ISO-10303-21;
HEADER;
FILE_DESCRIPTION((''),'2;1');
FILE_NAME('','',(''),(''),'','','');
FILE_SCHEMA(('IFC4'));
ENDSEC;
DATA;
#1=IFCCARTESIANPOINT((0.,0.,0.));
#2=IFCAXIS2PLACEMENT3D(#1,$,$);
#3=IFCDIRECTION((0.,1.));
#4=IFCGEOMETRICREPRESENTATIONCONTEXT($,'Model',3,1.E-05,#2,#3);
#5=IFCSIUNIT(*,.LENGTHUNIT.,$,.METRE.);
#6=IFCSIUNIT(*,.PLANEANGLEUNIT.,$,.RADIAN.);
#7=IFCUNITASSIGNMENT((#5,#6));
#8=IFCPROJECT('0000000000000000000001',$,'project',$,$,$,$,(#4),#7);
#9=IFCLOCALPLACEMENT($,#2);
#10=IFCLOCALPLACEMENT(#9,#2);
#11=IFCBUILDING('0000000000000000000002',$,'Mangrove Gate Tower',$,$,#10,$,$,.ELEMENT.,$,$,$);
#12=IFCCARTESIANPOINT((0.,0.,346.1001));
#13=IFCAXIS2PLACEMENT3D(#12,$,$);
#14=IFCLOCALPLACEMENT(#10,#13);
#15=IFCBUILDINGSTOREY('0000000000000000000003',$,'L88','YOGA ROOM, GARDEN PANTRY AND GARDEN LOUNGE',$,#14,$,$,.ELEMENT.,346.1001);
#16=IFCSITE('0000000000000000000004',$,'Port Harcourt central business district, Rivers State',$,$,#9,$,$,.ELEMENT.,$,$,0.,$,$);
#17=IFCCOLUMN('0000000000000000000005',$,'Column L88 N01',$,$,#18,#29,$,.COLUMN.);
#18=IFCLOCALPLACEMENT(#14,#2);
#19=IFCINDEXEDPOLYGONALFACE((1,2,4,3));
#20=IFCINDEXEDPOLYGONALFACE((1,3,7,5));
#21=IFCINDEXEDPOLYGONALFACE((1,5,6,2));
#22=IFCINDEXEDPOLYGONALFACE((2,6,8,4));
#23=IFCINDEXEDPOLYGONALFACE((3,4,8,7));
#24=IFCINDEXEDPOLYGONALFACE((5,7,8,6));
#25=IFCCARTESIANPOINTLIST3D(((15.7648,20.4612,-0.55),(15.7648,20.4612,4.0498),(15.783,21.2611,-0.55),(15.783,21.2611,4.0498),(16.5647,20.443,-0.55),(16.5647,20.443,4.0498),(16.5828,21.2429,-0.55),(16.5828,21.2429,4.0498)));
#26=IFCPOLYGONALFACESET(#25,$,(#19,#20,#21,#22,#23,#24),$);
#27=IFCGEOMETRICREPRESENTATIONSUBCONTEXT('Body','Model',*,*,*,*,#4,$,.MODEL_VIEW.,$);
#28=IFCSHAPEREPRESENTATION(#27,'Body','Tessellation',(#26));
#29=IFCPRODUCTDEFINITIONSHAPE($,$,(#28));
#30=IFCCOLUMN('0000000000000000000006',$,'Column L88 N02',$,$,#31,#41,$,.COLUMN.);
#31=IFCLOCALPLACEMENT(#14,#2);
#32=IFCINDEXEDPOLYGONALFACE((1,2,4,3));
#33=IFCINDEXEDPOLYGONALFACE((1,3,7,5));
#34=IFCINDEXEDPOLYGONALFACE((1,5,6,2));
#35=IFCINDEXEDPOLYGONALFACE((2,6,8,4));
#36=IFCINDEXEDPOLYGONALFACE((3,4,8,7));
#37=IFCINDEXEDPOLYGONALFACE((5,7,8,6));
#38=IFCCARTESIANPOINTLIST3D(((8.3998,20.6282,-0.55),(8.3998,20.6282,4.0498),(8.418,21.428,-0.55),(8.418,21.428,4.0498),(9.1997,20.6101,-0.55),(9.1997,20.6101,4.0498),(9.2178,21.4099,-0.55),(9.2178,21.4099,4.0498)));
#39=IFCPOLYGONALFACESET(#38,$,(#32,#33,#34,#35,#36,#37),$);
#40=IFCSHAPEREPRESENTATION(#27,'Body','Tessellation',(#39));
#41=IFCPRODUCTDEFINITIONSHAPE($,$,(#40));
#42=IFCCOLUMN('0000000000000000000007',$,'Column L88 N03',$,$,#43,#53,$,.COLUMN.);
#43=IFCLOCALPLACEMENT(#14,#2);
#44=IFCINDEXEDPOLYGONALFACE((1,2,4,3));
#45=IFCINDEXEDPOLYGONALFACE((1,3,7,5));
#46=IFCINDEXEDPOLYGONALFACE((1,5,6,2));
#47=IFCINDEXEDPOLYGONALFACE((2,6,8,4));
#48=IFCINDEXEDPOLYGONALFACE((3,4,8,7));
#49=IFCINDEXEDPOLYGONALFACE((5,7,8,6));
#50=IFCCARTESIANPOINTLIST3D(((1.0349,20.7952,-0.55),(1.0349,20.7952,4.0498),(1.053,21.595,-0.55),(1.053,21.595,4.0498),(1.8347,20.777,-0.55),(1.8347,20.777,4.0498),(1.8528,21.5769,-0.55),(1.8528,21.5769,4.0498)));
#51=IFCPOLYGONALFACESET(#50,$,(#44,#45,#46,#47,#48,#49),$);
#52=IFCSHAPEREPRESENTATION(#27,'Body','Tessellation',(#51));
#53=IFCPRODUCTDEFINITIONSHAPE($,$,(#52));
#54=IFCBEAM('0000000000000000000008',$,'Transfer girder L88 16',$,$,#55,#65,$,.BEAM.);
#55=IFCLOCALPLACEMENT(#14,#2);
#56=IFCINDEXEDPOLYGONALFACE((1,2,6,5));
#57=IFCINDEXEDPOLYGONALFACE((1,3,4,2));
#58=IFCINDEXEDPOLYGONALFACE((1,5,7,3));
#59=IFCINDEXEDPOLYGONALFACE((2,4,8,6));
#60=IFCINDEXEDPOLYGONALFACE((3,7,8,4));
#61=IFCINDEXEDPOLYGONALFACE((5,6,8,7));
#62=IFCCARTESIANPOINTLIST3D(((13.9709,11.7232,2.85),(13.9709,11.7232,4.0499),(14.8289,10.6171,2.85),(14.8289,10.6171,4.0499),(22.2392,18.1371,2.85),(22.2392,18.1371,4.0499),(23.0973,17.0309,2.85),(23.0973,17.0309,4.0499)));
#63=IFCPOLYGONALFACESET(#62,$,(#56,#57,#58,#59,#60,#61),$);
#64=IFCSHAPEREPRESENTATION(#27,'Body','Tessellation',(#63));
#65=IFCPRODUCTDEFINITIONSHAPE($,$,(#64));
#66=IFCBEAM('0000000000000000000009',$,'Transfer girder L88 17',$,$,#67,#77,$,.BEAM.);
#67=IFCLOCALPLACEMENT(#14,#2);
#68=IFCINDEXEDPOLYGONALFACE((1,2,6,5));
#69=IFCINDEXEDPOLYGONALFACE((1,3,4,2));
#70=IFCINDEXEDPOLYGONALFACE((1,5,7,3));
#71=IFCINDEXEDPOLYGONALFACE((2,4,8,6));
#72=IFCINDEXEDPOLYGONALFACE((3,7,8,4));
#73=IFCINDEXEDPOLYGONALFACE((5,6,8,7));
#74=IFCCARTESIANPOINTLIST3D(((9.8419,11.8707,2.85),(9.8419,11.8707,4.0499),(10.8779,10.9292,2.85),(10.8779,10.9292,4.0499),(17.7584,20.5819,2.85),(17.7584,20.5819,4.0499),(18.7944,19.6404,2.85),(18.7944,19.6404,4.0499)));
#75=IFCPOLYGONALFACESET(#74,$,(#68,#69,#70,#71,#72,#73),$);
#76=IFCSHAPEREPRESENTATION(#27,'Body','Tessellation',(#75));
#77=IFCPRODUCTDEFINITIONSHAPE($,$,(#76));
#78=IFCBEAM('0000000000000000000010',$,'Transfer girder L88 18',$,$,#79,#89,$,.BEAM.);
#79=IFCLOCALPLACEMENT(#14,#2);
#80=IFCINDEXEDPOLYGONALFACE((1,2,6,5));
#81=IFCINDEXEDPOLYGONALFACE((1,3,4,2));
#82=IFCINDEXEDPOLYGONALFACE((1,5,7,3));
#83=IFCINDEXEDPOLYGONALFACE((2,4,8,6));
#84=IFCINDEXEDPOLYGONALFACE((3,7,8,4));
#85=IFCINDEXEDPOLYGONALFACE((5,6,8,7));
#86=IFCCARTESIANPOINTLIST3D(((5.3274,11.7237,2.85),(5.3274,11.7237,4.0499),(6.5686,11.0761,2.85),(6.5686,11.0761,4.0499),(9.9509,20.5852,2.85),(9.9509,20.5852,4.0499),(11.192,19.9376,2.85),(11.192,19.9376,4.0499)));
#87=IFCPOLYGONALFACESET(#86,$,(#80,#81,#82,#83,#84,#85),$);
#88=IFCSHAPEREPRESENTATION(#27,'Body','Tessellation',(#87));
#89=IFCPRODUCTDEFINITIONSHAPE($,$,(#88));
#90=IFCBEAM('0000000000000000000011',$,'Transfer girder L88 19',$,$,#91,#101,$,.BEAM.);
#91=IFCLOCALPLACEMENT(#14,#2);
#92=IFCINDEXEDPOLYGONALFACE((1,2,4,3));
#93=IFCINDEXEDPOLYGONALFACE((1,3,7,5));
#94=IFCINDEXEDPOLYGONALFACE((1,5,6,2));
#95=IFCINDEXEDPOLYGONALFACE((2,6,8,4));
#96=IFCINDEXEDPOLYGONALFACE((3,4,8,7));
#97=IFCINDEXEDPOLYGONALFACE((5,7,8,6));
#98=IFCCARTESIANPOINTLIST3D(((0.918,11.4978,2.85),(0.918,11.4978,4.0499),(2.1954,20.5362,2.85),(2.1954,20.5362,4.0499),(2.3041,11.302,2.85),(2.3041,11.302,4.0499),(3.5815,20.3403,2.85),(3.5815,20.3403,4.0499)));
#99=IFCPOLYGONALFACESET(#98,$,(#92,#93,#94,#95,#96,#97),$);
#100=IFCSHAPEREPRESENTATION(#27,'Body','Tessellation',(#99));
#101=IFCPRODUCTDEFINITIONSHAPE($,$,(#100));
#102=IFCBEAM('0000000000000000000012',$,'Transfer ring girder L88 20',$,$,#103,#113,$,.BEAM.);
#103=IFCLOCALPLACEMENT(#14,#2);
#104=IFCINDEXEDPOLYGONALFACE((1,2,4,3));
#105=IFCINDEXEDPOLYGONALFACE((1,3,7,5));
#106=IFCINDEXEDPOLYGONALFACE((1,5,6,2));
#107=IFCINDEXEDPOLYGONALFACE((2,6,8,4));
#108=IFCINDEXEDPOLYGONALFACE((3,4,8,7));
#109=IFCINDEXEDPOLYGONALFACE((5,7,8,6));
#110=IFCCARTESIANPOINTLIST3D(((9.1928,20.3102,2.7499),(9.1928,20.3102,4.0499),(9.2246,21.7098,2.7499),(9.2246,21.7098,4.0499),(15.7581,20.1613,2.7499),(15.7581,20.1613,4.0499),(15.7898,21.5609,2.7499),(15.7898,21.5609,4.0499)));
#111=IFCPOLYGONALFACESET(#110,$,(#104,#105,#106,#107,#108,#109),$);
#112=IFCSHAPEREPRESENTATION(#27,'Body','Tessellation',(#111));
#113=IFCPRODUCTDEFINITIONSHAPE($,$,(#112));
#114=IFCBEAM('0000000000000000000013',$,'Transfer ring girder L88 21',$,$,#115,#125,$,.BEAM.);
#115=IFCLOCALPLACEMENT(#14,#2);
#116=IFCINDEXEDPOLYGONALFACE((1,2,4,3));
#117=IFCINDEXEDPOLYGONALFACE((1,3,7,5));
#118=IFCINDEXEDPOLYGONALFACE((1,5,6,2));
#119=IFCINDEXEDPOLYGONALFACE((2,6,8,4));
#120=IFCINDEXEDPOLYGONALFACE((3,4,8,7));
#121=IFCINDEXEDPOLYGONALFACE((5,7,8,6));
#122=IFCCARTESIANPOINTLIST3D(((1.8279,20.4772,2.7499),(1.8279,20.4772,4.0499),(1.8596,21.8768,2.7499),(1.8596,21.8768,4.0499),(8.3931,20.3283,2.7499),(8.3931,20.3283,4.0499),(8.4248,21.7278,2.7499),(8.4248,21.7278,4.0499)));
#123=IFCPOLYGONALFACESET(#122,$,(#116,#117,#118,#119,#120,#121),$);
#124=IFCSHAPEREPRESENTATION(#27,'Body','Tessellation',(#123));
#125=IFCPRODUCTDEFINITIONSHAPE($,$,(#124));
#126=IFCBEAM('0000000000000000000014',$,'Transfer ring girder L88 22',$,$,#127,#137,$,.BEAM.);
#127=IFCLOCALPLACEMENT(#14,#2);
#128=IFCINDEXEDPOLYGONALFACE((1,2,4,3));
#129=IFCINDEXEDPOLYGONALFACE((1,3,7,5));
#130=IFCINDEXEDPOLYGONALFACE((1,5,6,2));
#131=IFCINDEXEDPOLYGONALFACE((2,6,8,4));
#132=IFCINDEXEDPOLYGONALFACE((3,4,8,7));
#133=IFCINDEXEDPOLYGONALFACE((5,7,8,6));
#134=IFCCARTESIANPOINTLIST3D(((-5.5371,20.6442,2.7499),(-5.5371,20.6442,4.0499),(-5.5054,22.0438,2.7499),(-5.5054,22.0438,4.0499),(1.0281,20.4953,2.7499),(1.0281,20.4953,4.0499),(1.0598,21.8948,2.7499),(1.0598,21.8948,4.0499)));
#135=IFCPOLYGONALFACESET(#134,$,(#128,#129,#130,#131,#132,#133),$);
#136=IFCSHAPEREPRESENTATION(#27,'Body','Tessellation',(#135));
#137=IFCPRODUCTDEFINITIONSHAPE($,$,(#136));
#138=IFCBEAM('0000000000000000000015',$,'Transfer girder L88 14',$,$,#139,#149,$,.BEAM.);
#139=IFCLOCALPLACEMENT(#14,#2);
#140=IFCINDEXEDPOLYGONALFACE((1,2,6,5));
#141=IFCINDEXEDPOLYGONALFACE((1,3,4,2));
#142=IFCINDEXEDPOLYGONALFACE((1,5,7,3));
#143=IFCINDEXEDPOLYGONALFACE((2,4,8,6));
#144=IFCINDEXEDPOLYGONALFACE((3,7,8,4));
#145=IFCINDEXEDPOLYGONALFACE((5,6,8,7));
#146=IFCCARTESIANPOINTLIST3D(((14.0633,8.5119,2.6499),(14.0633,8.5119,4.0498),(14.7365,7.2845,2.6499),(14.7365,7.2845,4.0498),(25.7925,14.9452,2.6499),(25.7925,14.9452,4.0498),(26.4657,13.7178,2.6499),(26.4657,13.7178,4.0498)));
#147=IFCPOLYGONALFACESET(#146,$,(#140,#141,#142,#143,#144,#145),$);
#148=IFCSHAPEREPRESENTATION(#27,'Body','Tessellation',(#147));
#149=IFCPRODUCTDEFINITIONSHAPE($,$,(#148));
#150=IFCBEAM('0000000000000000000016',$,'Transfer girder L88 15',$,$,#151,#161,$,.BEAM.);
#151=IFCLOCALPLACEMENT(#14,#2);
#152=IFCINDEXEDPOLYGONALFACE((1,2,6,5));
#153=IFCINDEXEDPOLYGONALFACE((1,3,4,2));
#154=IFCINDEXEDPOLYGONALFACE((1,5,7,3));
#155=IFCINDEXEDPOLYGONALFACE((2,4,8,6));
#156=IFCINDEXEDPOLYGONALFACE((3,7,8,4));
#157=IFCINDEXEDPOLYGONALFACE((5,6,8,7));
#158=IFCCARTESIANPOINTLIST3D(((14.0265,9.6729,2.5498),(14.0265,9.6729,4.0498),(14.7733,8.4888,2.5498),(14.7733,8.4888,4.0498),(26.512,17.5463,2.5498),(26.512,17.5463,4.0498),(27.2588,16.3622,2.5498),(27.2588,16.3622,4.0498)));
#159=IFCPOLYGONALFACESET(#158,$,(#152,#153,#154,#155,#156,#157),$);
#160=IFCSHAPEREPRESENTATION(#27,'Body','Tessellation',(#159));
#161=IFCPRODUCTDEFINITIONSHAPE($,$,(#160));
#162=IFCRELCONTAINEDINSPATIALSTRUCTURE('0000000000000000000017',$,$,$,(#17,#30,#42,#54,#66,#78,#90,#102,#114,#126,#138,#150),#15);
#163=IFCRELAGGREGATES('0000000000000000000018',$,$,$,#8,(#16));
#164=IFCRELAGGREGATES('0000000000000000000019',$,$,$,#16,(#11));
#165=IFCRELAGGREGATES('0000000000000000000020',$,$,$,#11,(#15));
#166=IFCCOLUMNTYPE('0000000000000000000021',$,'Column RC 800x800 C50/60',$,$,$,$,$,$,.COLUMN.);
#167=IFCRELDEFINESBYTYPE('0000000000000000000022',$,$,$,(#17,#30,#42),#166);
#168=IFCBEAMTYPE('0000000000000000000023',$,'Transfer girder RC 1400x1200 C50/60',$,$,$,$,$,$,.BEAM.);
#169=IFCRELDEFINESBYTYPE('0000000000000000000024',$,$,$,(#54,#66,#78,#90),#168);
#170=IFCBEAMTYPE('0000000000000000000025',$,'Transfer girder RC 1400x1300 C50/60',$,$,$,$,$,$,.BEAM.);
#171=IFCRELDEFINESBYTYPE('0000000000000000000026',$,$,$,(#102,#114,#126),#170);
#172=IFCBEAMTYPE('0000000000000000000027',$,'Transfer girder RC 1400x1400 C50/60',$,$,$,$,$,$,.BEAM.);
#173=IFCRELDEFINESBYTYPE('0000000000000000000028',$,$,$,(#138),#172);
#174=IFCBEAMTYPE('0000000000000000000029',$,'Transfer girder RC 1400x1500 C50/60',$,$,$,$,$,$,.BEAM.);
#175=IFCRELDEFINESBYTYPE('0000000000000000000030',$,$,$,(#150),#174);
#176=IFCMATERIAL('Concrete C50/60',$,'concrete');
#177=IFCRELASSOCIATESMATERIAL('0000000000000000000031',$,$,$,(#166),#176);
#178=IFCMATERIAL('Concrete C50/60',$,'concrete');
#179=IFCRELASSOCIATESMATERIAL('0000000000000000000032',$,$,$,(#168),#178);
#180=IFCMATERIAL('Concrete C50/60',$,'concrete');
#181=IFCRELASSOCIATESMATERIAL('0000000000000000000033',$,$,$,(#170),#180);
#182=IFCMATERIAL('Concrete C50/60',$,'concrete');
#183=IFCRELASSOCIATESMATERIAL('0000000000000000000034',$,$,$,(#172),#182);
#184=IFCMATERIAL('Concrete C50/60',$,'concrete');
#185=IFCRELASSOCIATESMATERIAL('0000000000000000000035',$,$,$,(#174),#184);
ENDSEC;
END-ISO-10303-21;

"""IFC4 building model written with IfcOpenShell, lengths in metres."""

from ifc_helpers import new_model, si_unit, direction, frame, origin, origin_2d, place, context, subcontext, project, spatial, rectangle, extrude, material, material_profile, profile_set, type_object, element, save


model = new_model("IFC4")

# Units and contexts
model_context = context("Model", 3, precision=1e-05, world=origin(), true_north=direction((0.0, 1.0)))
body_context = subcontext(model_context, "Body", "Model", "MODEL_VIEW")
ifc_project = project(units=[si_unit("LENGTHUNIT", "METRE"), si_unit("PLANEANGLEUNIT", "RADIAN")], contexts=[model_context])

# Site, building, storey
site_placement = place(None, origin())
site = spatial("IfcSite", under=ifc_project, at=site_placement, Name="Port Harcourt central business district, Rivers State", CompositionType="ELEMENT", RefElevation=0.0)
building_placement = place(site_placement, origin())
building = spatial("IfcBuilding", under=site, at=building_placement, Name="Mangrove Gate Tower", CompositionType="ELEMENT")
storey_placement = place(building_placement, frame((0.0, 0.0, 346.1001)))
storey = spatial("IfcBuildingStorey", under=building, at=storey_placement, Name="L88", Description="YOGA ROOM, GARDEN PANTRY AND GARDEN LOUNGE", CompositionType="ELEMENT", Elevation=346.1001)

# Columns
ifc_material_1 = material(Name="Concrete C50/60", Category="concrete")
ifc_material_profile_1 = material_profile(ifc_material_1, rectangle(XDim=0.8, YDim=0.8, at=origin_2d()))
ifc_profile_set_1 = profile_set([ifc_material_profile_1], Name="Concrete C50/60")
column_type = type_object("IfcColumnType", Name="Column RC 800x800 C50/60", PredefinedType="COLUMN", material=ifc_profile_set_1)
for number, where, z_axis, x_axis, name in (
    (1, (16.1738, 20.8521, -0.55), (0.0, 0.0, 1.0), (-0.999741, 0.022738, 0.0), "Column L88 N01"),
    (2, (8.8088, 21.019, -0.55), (0.0, 0.0, 1.0), (-0.999743, 0.022669, 0.0), "Column L88 N02"),
    (3, (1.4438, 21.186, -0.55), (0.0, 0.0, 1.0), (-0.999743, 0.022669, 0.0), "Column L88 N03"),
):
    element("IfcColumn", number, at=place(storey_placement, frame(where, z_axis=z_axis, x_axis=x_axis)), inside=storey, type_object=column_type, Name=name, PredefinedType="COLUMN", context=body_context, shape_type="SweptSolid", body=[
        extrude(rectangle(XDim=0.8, YDim=0.8, at=origin_2d()), origin(), (0.0, 0.0, 1.0), 4.5999),
    ])

# Beams
ifc_material_2 = material(Name="Concrete C50/60", Category="concrete")
ifc_material_profile_2 = material_profile(ifc_material_2, rectangle(XDim=1.3999, YDim=1.2, at=origin_2d()))
ifc_profile_set_2 = profile_set([ifc_material_profile_2], Name="Concrete C50/60")
beam_type_1 = type_object("IfcBeamType", Name="Transfer girder RC 1400x1200 C50/60", PredefinedType="BEAM", material=ifc_profile_set_2)
beam_1_placement = place(storey_placement, frame((14.3999, 11.1702, 3.45), z_axis=(0.790143, 0.612923, 0.0), x_axis=(-0.612923, 0.790143, 0.0)))
element("IfcBeam", 4, at=beam_1_placement, inside=storey, type_object=beam_type_1, Name="Transfer girder L88 16", PredefinedType="BEAM", context=body_context, shape_type="SweptSolid", body=[
    extrude(rectangle(XDim=1.3999, YDim=1.2, at=origin_2d()), origin(), (0.0, 0.0, 1.0), 10.4644),
])
beam_2_placement = place(storey_placement, frame((10.3599, 11.3999, 3.45), z_axis=(0.672545, 0.740056, 0.0), x_axis=(-0.740056, 0.672545, 0.0)))
element("IfcBeam", 5, at=beam_2_placement, inside=storey, type_object=beam_type_1, Name="Transfer girder L88 17", PredefinedType="BEAM", context=body_context, shape_type="SweptSolid", body=[
    extrude(rectangle(XDim=1.3999, YDim=1.2, at=origin_2d()), origin(), (0.0, 0.0, 1.0), 11.771),
])
beam_3_placement = place(storey_placement, frame((5.948, 11.3999, 3.45), z_axis=(0.462574, 0.88658, 0.0), x_axis=(-0.88658, 0.462574, 0.0)))
element("IfcBeam", 6, at=beam_3_placement, inside=storey, type_object=beam_type_1, Name="Transfer girder L88 18", PredefinedType="BEAM", context=body_context, shape_type="SweptSolid", body=[
    extrude(rectangle(XDim=1.3999, YDim=1.2, at=origin_2d()), origin(), (0.0, 0.0, 1.0), 9.9951),
])
beam_4_placement = place(storey_placement, frame((1.6111, 11.3999, 3.45), z_axis=(0.139935, 0.990161, 0.0), x_axis=(-0.990161, 0.139935, 0.0)))
element("IfcBeam", 7, at=beam_4_placement, inside=storey, type_object=beam_type_1, Name="Transfer girder L88 19", PredefinedType="BEAM", context=body_context, shape_type="SweptSolid", body=[
    extrude(rectangle(XDim=1.3999, YDim=1.2, at=origin_2d()), origin(), (0.0, 0.0, 1.0), 9.1282),
])
ifc_material_3 = material(Name="Concrete C50/60", Category="concrete")
ifc_material_profile_3 = material_profile(ifc_material_3, rectangle(XDim=1.3999, YDim=1.3, at=origin_2d()))
ifc_profile_set_3 = profile_set([ifc_material_profile_3], Name="Concrete C50/60")
beam_type_2 = type_object("IfcBeamType", Name="Transfer girder RC 1400x1300 C50/60", PredefinedType="BEAM", material=ifc_profile_set_3)
for number, where, z_axis, x_axis, name in (
    (8, (15.7739, 20.8611, 3.3999), (-0.999743, 0.022678, 0.0), (-0.022678, -0.999743, 0.0), "Transfer ring girder L88 20"),
    (9, (8.4089, 21.0281, 3.3999), (-0.999743, 0.022678, 0.0), (-0.022678, -0.999743, 0.0), "Transfer ring girder L88 21"),
    (10, (1.0439, 21.1951, 3.3999), (-0.999743, 0.022678, 0.0), (-0.022678, -0.999743, 0.0), "Transfer ring girder L88 22"),
):
    element("IfcBeam", number, at=place(storey_placement, frame(where, z_axis=z_axis, x_axis=x_axis)), inside=storey, type_object=beam_type_2, Name=name, PredefinedType="BEAM", context=body_context, shape_type="SweptSolid", body=[
        extrude(rectangle(XDim=1.3999, YDim=1.3, at=origin_2d()), origin(), (0.0, 0.0, 1.0), 6.5669),
    ])
ifc_material_4 = material(Name="Concrete C50/60", Category="concrete")
ifc_material_profile_4 = material_profile(ifc_material_4, rectangle(XDim=1.3999, YDim=1.3999, at=origin_2d()))
ifc_profile_set_4 = profile_set([ifc_material_profile_4], Name="Concrete C50/60")
beam_type_3 = type_object("IfcBeamType", Name="Transfer girder RC 1400x1400 C50/60", PredefinedType="BEAM", material=ifc_profile_set_4)
beam_5_placement = place(storey_placement, frame((14.3999, 7.8982, 3.3499), z_axis=(0.876775, 0.4809, 0.0), x_axis=(-0.4809, 0.876775, 0.0)))
element("IfcBeam", 11, at=beam_5_placement, inside=storey, type_object=beam_type_3, Name="Transfer girder L88 14", PredefinedType="BEAM", context=body_context, shape_type="SweptSolid", body=[
    extrude(rectangle(XDim=1.3999, YDim=1.3999, at=origin_2d()), origin(), (0.0, 0.0, 1.0), 13.3777),
])
ifc_material_5 = material(Name="Concrete C50/60", Category="concrete")
ifc_material_profile_5 = material_profile(ifc_material_5, rectangle(XDim=1.3999, YDim=1.5, at=origin_2d()))
ifc_profile_set_5 = profile_set([ifc_material_profile_5], Name="Concrete C50/60")
beam_type_4 = type_object("IfcBeamType", Name="Transfer girder RC 1400x1500 C50/60", PredefinedType="BEAM", material=ifc_profile_set_5)
beam_6_placement = place(storey_placement, frame((14.3999, 9.0808, 3.2998), z_axis=(0.845859, 0.533407, 0.0), x_axis=(-0.533407, 0.845859, 0.0)))
element("IfcBeam", 12, at=beam_6_placement, inside=storey, type_object=beam_type_4, Name="Transfer girder L88 15", PredefinedType="BEAM", context=body_context, shape_type="SweptSolid", body=[
    extrude(rectangle(XDim=1.3999, YDim=1.5, at=origin_2d()), origin(), (0.0, 0.0, 1.0), 14.7607),
])

save(model, "model.ifc")
